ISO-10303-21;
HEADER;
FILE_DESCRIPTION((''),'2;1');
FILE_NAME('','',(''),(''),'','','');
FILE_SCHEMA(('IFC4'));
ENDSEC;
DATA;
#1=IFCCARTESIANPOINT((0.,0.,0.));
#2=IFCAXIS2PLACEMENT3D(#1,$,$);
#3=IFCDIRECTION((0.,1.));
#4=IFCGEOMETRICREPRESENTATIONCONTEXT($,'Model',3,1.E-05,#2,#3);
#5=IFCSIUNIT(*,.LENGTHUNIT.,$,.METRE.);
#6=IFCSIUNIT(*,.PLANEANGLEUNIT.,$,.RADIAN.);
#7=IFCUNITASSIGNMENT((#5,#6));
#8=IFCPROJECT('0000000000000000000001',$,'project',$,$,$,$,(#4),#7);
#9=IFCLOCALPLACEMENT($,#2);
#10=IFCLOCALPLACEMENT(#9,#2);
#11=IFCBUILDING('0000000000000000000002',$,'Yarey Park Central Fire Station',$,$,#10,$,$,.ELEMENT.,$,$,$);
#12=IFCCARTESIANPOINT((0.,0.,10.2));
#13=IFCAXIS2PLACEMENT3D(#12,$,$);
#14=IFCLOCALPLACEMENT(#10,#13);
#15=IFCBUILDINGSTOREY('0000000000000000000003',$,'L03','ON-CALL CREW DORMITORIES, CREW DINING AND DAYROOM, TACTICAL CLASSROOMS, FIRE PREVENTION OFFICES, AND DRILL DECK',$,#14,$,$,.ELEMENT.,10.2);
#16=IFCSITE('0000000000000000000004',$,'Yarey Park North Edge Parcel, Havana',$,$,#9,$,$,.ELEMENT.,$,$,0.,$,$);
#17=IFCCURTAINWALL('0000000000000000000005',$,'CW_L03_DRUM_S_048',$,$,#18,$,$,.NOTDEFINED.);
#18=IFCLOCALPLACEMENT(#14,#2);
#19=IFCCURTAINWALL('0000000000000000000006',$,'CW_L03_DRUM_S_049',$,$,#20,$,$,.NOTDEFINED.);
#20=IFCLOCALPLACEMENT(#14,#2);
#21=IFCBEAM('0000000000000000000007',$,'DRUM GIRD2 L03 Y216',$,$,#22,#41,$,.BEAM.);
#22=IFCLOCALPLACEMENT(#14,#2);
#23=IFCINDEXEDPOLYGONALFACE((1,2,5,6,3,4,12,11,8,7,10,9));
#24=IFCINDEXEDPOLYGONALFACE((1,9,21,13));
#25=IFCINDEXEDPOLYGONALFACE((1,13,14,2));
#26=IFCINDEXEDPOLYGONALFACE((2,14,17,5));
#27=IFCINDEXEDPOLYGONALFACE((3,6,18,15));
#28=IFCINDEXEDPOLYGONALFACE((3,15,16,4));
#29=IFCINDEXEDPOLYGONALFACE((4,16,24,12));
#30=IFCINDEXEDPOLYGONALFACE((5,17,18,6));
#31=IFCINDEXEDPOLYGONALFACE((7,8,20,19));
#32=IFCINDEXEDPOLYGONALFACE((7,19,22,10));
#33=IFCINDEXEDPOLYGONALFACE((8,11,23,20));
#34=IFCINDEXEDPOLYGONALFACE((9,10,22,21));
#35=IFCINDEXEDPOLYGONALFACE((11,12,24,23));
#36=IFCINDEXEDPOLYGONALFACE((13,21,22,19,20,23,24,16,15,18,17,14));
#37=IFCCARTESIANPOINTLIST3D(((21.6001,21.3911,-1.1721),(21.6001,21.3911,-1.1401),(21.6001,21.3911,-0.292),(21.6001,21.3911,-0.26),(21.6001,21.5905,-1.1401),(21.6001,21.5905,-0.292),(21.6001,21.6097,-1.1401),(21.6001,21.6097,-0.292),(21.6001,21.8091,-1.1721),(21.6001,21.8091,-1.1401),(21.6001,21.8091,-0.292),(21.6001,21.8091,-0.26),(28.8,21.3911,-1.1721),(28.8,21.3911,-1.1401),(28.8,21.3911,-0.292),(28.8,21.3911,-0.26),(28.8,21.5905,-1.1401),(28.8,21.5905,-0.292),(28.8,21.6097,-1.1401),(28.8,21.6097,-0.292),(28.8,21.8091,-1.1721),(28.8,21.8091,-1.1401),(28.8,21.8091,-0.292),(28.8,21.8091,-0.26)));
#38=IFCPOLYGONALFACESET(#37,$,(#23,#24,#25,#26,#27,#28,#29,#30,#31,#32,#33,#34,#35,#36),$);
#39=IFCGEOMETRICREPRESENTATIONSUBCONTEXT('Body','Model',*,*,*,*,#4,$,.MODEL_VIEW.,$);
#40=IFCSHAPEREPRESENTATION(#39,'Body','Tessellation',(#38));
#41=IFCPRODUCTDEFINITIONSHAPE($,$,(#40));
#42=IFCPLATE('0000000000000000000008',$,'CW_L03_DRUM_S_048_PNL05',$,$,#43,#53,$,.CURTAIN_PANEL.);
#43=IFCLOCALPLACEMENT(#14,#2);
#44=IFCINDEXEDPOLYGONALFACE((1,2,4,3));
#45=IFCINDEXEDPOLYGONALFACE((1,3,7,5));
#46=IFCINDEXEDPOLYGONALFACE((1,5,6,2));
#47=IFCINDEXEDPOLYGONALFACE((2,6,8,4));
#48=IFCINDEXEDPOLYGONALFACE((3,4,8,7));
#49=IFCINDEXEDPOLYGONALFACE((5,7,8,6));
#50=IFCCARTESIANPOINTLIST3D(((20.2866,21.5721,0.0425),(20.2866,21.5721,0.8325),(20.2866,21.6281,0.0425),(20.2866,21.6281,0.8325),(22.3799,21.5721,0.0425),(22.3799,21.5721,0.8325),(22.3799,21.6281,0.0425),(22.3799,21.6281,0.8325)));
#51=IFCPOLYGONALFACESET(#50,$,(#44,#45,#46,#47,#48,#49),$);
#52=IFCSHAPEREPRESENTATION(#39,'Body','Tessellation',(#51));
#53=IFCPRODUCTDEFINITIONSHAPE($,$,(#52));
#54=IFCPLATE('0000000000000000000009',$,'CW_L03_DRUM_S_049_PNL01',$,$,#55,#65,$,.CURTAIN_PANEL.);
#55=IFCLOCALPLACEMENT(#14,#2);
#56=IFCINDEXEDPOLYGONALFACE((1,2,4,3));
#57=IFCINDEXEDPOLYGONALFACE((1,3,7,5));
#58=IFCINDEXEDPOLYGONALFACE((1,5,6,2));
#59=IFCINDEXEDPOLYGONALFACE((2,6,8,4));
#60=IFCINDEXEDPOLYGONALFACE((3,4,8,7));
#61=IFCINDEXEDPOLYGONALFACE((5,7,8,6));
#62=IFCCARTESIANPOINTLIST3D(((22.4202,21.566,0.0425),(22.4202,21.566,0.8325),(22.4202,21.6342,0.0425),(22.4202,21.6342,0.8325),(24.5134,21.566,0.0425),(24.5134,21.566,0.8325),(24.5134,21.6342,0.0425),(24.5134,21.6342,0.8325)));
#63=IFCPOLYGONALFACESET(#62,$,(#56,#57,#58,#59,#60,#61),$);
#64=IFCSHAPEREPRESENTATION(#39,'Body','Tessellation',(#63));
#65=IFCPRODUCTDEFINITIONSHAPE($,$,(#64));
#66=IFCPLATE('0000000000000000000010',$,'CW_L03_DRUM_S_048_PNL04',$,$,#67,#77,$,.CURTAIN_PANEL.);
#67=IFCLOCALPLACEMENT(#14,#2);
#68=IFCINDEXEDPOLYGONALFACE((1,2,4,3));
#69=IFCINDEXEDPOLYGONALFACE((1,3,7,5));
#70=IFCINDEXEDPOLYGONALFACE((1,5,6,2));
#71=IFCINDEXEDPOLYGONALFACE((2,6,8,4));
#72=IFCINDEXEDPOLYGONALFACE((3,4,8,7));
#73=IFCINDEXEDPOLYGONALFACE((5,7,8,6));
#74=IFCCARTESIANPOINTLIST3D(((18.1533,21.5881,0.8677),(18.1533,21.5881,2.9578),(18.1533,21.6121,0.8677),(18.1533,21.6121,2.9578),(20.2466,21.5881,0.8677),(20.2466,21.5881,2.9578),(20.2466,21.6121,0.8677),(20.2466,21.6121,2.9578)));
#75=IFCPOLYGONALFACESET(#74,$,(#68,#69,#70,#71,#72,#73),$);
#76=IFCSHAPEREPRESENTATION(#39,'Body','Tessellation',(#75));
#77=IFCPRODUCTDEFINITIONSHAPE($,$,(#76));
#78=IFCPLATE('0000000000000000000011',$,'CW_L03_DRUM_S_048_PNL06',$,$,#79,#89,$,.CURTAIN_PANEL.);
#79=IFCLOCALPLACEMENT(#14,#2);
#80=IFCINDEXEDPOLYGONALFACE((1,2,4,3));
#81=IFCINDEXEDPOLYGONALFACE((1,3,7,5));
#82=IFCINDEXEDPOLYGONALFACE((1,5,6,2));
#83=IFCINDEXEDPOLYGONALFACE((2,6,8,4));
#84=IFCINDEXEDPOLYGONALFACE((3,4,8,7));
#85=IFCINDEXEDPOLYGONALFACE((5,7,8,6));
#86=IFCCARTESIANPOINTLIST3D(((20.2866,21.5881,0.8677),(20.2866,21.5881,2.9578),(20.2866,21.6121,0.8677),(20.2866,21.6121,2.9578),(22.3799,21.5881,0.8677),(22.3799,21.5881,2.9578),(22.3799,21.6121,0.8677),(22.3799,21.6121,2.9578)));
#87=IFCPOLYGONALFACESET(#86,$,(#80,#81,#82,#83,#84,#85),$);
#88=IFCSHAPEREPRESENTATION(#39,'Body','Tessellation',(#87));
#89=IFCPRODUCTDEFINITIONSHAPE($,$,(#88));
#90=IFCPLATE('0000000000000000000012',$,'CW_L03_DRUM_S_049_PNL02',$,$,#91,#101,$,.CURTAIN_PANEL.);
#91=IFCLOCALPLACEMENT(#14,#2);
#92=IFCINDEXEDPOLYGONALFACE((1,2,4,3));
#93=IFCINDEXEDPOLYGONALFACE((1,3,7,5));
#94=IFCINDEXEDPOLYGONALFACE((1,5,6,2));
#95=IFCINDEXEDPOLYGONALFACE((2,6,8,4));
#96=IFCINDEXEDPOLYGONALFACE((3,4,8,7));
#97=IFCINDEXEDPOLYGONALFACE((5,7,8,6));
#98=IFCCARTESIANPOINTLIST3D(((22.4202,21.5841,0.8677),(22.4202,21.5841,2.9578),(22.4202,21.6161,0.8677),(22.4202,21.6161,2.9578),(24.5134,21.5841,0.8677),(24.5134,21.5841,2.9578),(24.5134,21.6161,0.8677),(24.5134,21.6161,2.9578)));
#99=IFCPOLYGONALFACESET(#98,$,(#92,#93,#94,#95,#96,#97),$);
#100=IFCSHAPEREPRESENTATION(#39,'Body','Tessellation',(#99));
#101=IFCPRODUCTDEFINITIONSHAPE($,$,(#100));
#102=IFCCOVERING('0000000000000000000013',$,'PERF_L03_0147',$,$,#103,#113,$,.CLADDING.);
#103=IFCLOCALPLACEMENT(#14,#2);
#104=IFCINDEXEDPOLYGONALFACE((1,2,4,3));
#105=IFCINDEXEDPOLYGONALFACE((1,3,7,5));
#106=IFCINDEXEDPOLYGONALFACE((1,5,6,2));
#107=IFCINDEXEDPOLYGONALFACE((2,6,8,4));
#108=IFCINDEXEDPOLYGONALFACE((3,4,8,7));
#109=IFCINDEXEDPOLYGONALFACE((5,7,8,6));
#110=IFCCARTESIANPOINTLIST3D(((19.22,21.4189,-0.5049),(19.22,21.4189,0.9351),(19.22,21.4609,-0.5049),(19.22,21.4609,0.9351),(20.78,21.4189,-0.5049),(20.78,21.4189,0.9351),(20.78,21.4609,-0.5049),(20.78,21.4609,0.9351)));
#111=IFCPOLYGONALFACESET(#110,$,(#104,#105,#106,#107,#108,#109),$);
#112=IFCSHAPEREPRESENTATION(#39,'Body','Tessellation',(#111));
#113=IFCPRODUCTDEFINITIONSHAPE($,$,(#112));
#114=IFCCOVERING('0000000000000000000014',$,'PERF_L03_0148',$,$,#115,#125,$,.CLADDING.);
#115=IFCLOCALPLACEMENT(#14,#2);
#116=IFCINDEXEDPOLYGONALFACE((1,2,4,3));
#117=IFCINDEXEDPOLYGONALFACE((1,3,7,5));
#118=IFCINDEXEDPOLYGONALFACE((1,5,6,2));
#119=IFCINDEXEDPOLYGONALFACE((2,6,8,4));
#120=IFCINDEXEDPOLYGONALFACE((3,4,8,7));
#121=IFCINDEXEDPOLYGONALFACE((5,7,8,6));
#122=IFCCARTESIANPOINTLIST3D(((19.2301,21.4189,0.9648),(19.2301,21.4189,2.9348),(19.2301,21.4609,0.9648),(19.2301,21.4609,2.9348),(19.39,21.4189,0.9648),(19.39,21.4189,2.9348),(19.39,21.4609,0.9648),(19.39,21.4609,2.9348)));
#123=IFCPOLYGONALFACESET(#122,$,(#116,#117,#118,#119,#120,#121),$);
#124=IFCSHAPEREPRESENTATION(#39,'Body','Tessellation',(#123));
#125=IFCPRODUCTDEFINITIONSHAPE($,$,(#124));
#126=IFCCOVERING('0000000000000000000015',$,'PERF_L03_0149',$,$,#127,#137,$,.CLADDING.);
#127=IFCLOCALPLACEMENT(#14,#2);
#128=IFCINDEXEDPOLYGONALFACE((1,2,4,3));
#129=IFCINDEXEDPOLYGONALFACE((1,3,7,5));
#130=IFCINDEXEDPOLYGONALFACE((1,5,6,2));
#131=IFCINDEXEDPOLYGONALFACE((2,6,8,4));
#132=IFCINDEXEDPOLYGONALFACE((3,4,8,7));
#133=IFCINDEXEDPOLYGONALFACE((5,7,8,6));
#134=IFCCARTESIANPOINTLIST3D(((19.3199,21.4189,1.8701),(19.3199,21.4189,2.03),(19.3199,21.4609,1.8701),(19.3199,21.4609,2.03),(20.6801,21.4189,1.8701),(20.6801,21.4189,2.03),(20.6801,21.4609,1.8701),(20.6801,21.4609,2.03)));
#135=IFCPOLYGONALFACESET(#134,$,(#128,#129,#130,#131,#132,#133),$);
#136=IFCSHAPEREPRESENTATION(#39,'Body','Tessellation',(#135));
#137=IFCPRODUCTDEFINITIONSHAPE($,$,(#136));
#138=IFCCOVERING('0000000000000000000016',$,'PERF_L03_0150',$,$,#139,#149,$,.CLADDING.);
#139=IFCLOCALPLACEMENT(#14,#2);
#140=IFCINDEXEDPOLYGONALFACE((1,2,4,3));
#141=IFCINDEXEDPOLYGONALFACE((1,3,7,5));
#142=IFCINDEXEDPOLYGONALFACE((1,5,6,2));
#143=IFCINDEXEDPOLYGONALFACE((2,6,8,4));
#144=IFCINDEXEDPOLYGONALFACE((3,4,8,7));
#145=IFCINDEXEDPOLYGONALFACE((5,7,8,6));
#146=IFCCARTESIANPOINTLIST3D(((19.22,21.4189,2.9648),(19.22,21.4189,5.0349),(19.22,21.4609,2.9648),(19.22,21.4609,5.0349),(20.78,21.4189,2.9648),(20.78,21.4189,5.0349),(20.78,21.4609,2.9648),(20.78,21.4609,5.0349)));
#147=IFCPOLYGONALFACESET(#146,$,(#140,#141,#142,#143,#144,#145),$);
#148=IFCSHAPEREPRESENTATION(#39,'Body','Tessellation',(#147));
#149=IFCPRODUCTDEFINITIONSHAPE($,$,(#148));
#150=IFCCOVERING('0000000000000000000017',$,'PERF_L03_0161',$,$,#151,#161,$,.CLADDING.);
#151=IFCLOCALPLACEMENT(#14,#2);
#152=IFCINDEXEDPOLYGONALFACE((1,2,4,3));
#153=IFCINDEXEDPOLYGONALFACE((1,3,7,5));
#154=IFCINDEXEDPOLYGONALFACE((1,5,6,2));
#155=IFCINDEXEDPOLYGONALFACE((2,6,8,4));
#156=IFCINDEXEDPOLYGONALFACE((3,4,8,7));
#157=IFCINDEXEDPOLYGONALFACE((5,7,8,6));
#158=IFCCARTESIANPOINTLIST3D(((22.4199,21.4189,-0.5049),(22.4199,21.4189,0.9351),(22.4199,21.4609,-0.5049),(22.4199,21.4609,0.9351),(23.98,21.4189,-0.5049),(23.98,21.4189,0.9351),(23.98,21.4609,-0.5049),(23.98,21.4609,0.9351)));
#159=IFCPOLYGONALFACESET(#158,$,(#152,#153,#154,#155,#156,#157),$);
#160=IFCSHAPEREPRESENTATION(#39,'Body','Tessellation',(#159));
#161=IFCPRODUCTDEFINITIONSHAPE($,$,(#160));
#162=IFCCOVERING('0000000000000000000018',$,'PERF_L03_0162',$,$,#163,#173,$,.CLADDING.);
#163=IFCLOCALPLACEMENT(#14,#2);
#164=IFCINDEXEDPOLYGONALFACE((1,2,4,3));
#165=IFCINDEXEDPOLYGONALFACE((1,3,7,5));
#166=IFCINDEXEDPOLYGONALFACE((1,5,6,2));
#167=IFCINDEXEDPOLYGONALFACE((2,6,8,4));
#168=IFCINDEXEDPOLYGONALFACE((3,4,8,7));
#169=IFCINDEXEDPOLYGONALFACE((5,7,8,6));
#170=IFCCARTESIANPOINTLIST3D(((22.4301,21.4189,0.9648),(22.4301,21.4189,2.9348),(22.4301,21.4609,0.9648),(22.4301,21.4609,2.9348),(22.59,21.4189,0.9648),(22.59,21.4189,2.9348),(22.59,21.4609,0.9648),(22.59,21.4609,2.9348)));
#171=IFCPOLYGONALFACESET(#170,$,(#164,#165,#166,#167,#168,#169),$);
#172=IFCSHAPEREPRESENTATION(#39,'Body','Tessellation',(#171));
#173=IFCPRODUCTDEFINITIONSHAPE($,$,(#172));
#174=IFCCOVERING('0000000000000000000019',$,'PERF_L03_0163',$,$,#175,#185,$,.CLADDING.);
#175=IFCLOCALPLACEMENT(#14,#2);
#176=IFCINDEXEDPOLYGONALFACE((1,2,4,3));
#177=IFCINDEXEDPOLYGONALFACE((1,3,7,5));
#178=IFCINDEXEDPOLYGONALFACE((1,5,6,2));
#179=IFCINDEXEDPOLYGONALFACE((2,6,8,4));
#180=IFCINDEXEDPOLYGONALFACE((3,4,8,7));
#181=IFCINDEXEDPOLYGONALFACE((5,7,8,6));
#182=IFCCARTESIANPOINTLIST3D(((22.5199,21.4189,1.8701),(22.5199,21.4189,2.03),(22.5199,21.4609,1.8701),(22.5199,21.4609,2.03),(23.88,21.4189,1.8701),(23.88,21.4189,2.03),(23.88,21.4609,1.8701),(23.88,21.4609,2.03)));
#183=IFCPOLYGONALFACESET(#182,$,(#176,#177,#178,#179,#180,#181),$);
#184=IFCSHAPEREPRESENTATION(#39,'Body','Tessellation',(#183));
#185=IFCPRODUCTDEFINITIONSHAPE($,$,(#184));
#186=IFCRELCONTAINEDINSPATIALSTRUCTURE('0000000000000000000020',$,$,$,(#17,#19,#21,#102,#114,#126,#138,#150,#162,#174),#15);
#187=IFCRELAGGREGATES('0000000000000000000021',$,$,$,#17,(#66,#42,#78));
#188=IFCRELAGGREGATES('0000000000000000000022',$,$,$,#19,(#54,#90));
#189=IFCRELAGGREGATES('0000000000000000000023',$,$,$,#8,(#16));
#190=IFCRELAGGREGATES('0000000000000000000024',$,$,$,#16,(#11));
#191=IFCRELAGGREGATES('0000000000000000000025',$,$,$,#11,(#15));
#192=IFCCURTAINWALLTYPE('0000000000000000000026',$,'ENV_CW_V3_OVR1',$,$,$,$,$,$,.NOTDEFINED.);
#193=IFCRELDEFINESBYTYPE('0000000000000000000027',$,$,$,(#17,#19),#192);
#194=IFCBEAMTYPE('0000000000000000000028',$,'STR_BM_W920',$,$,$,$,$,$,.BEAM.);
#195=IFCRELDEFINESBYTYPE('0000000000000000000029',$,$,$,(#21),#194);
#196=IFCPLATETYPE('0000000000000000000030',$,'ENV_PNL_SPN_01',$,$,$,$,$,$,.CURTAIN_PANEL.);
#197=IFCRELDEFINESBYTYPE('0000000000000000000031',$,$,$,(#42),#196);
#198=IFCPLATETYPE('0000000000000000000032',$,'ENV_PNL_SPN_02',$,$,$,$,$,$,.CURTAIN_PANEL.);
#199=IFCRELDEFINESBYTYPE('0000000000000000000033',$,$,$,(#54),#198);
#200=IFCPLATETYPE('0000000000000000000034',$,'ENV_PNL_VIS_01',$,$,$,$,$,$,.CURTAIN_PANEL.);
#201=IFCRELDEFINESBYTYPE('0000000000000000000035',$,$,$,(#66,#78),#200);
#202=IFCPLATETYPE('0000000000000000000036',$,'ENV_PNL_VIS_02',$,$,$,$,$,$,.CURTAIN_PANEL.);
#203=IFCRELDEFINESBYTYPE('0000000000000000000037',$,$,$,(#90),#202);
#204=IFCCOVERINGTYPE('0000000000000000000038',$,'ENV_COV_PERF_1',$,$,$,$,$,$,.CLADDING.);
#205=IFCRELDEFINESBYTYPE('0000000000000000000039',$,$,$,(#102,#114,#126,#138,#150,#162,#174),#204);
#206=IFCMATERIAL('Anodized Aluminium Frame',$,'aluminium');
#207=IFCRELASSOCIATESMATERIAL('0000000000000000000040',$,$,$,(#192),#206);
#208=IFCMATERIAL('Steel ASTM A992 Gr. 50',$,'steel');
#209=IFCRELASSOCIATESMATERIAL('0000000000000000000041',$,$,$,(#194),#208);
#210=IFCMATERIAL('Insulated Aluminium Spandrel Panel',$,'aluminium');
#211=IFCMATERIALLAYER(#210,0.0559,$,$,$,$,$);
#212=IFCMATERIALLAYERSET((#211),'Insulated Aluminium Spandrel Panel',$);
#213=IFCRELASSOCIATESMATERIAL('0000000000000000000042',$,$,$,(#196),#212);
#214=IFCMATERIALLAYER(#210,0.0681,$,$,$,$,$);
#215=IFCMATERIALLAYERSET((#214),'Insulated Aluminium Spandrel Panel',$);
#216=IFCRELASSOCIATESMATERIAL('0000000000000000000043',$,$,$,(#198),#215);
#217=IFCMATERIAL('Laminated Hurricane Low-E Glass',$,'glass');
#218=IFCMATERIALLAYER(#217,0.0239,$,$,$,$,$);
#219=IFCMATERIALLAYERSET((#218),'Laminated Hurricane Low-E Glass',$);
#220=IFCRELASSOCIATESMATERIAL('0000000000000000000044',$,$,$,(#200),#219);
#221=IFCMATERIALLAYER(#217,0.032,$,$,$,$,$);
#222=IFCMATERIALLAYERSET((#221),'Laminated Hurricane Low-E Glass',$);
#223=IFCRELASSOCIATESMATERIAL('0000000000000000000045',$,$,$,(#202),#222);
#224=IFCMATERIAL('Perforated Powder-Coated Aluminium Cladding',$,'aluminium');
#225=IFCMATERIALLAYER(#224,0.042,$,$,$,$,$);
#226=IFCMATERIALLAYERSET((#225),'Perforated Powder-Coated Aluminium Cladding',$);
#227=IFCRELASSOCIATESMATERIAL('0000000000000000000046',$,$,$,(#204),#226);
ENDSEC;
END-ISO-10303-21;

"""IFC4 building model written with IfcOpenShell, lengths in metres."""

from ifc_helpers import new_model, si_unit, direction, frame, origin, origin_2d, place, context, subcontext, project, spatial, rectangle, i_section, extrude, material, layer, layer_set, material_profile, profile_set, type_object, element, aggregate, save


model = new_model("IFC4")

# Units and contexts
model_context = context("Model", 3, precision=1e-05, world=origin(), true_north=direction((0.0, 1.0)))
body_context = subcontext(model_context, "Body", "Model", "MODEL_VIEW")
ifc_project = project(units=[si_unit("LENGTHUNIT", "METRE"), si_unit("PLANEANGLEUNIT", "RADIAN")], contexts=[model_context])

# Site, building, storey
site_placement = place(None, origin())
site = spatial("IfcSite", under=ifc_project, at=site_placement, Name="Yarey Park North Edge Parcel, Havana", CompositionType="ELEMENT", RefElevation=0.0)
building_placement = place(site_placement, origin())
building = spatial("IfcBuilding", under=site, at=building_placement, Name="Yarey Park Central Fire Station", CompositionType="ELEMENT")
storey_placement = place(building_placement, frame((0.0, 0.0, 10.2)))
storey = spatial("IfcBuildingStorey", under=building, at=storey_placement, Name="L03", Description="ON-CALL CREW DORMITORIES, CREW DINING AND DAYROOM, TACTICAL CLASSROOMS, FIRE PREVENTION OFFICES, AND DRILL DECK", CompositionType="ELEMENT", Elevation=10.2)

# Shared definitions
ifc_material_1 = material(Name="Steel ASTM A992 Gr. 50", Category="steel")

# Curtain walls
ifc_material_2 = material(Name="Anodized Aluminium Frame", Category="aluminium")
curtain_wall_type = type_object("IfcCurtainWallType", Name="ENV_CW_V3_OVR1", PredefinedType="NOTDEFINED", material=ifc_material_2)
curtain_wall_1_placement = place(storey_placement, origin())
curtain_wall_1 = element("IfcCurtainWall", 1, at=curtain_wall_1_placement, inside=storey, type_object=curtain_wall_type, Name="CW_L03_DRUM_S_048", PredefinedType="NOTDEFINED")
curtain_wall_2_placement = place(storey_placement, origin())
curtain_wall_2 = element("IfcCurtainWall", 2, at=curtain_wall_2_placement, inside=storey, type_object=curtain_wall_type, Name="CW_L03_DRUM_S_049", PredefinedType="NOTDEFINED")

# Beam
ifc_material_profile_1 = material_profile(ifc_material_1, i_section(OverallWidth=0.418, OverallDepth=0.9121, WebThickness=0.0193, FlangeThickness=0.032, at=origin_2d()), Name="W920x342")
ifc_profile_set_1 = profile_set([ifc_material_profile_1], Name="Steel ASTM A992 Gr. 50")
beam_type_1 = type_object("IfcBeamType", Name="STR_BM_W920", PredefinedType="BEAM", material=ifc_profile_set_1)
beam_1_placement = place(storey_placement, frame((21.6001, 21.6001, -0.7161), z_axis=(1.0, 0.0, 0.0), x_axis=(0.0, 1.0, 0.0)))
element("IfcBeam", 3, at=beam_1_placement, inside=storey, type_object=beam_type_1, Name="DRUM GIRD2 L03 Y216", PredefinedType="BEAM", context=body_context, shape_type="SweptSolid", body=[
    extrude(i_section(OverallWidth=0.418, OverallDepth=0.9121, WebThickness=0.0193, FlangeThickness=0.032, at=origin_2d()), origin(), (0.0, 0.0, 1.0), 7.2),
])

# Plates
ifc_material_3 = material(Name="Insulated Aluminium Spandrel Panel", Category="aluminium")
ifc_layer_1 = layer(ifc_material_3, 0.0559)
ifc_layer_set_1 = layer_set([ifc_layer_1], Name="Insulated Aluminium Spandrel Panel")
plate_type_1 = type_object("IfcPlateType", Name="ENV_PNL_SPN_01", PredefinedType="CURTAIN_PANEL", material=ifc_layer_set_1)
plate_1_placement = place(storey_placement, frame((21.3333, 21.6001, 0.0425), z_axis=(0.0, 0.0, 1.0), x_axis=(1.0, 0.0, 0.0)))
plate_1 = element("IfcPlate", 4, at=plate_1_placement, type_object=plate_type_1, Name="CW_L03_DRUM_S_048_PNL05", PredefinedType="CURTAIN_PANEL", context=body_context, shape_type="SweptSolid", body=[
    extrude(rectangle(XDim=2.0933, YDim=0.0559, at=origin_2d()), origin(), (0.0, 0.0, 1.0), 0.79),
])
ifc_layer_2 = layer(ifc_material_3, 0.0681)
ifc_layer_set_2 = layer_set([ifc_layer_2], Name="Insulated Aluminium Spandrel Panel")
plate_type_2 = type_object("IfcPlateType", Name="ENV_PNL_SPN_02", PredefinedType="CURTAIN_PANEL", material=ifc_layer_set_2)
plate_2_placement = place(storey_placement, frame((23.4668, 21.6001, 0.0425), z_axis=(0.0, 0.0, 1.0), x_axis=(1.0, 0.0, 0.0)))
plate_2 = element("IfcPlate", 5, at=plate_2_placement, type_object=plate_type_2, Name="CW_L03_DRUM_S_049_PNL01", PredefinedType="CURTAIN_PANEL", context=body_context, shape_type="SweptSolid", body=[
    extrude(rectangle(XDim=2.0933, YDim=0.0681, at=origin_2d()), origin(), (0.0, 0.0, 1.0), 0.79),
])
ifc_material_4 = material(Name="Laminated Hurricane Low-E Glass", Category="glass")
ifc_layer_3 = layer(ifc_material_4, 0.0239)
ifc_layer_set_3 = layer_set([ifc_layer_3], Name="Laminated Hurricane Low-E Glass")
plate_type_3 = type_object("IfcPlateType", Name="ENV_PNL_VIS_01", PredefinedType="CURTAIN_PANEL", material=ifc_layer_set_3)
plate_3_placement = place(storey_placement, frame((19.2, 21.6001, 0.8677), z_axis=(0.0, 0.0, 1.0), x_axis=(1.0, 0.0, 0.0)))
plate_3 = element("IfcPlate", 6, at=plate_3_placement, type_object=plate_type_3, Name="CW_L03_DRUM_S_048_PNL04", PredefinedType="CURTAIN_PANEL", context=body_context, shape_type="SweptSolid", body=[
    extrude(rectangle(XDim=2.0933, YDim=0.0239, at=origin_2d()), origin(), (0.0, 0.0, 1.0), 2.0901),
])
plate_4_placement = place(storey_placement, frame((21.3333, 21.6001, 0.8677), z_axis=(0.0, 0.0, 1.0), x_axis=(1.0, 0.0, 0.0)))
plate_4 = element("IfcPlate", 7, at=plate_4_placement, type_object=plate_type_3, Name="CW_L03_DRUM_S_048_PNL06", PredefinedType="CURTAIN_PANEL", context=body_context, shape_type="SweptSolid", body=[
    extrude(rectangle(XDim=2.0933, YDim=0.0239, at=origin_2d()), origin(), (0.0, 0.0, 1.0), 2.0901),
])
aggregate(curtain_wall_1, [plate_3, plate_1, plate_4])
ifc_layer_4 = layer(ifc_material_4, 0.032)
ifc_layer_set_4 = layer_set([ifc_layer_4], Name="Laminated Hurricane Low-E Glass")
plate_type_4 = type_object("IfcPlateType", Name="ENV_PNL_VIS_02", PredefinedType="CURTAIN_PANEL", material=ifc_layer_set_4)
plate_5_placement = place(storey_placement, frame((23.4668, 21.6001, 0.8677), z_axis=(0.0, 0.0, 1.0), x_axis=(1.0, 0.0, 0.0)))
plate_5 = element("IfcPlate", 8, at=plate_5_placement, type_object=plate_type_4, Name="CW_L03_DRUM_S_049_PNL02", PredefinedType="CURTAIN_PANEL", context=body_context, shape_type="SweptSolid", body=[
    extrude(rectangle(XDim=2.0933, YDim=0.032, at=origin_2d()), origin(), (0.0, 0.0, 1.0), 2.0901),
])
aggregate(curtain_wall_2, [plate_2, plate_5])

# Coverings
ifc_material_5 = material(Name="Perforated Powder-Coated Aluminium Cladding", Category="aluminium")
ifc_layer_5 = layer(ifc_material_5, 0.042)
ifc_layer_set_5 = layer_set([ifc_layer_5], Name="Perforated Powder-Coated Aluminium Cladding")
covering_type_1 = type_object("IfcCoveringType", Name="ENV_COV_PERF_1", PredefinedType="CLADDING", material=ifc_layer_set_5)
covering_1_placement = place(storey_placement, frame((20.0, 21.4399, -0.5049), z_axis=(0.0, 0.0, 1.0), x_axis=(1.0, 0.0, 0.0)))
element("IfcCovering", 9, at=covering_1_placement, inside=storey, type_object=covering_type_1, Name="PERF_L03_0147", PredefinedType="CLADDING", context=body_context, shape_type="SweptSolid", body=[
    extrude(rectangle(XDim=1.5601, YDim=0.042, at=origin_2d()), origin(), (0.0, 0.0, 1.0), 1.4399),
])
covering_2_placement = place(storey_placement, frame((19.3101, 21.4399, 0.9648), z_axis=(0.0, 0.0, 1.0), x_axis=(1.0, 0.0, 0.0)))
element("IfcCovering", 10, at=covering_2_placement, inside=storey, type_object=covering_type_1, Name="PERF_L03_0148", PredefinedType="CLADDING", context=body_context, shape_type="SweptSolid", body=[
    extrude(rectangle(XDim=0.1599, YDim=0.042, at=origin_2d()), origin(), (0.0, 0.0, 1.0), 1.97),
])
covering_3_placement = place(storey_placement, frame((20.0, 21.4399, 1.8701), z_axis=(0.0, 0.0, 1.0), x_axis=(1.0, 0.0, 0.0)))
element("IfcCovering", 11, at=covering_3_placement, inside=storey, type_object=covering_type_1, Name="PERF_L03_0149", PredefinedType="CLADDING", context=body_context, shape_type="SweptSolid", body=[
    extrude(rectangle(XDim=1.3601, YDim=0.042, at=origin_2d()), origin(), (0.0, 0.0, 1.0), 0.1599),
])
covering_4_placement = place(storey_placement, frame((20.0, 21.4399, 2.9648), z_axis=(0.0, 0.0, 1.0), x_axis=(1.0, 0.0, 0.0)))
element("IfcCovering", 12, at=covering_4_placement, inside=storey, type_object=covering_type_1, Name="PERF_L03_0150", PredefinedType="CLADDING", context=body_context, shape_type="SweptSolid", body=[
    extrude(rectangle(XDim=1.5601, YDim=0.042, at=origin_2d()), origin(), (0.0, 0.0, 1.0), 2.0701),
])
covering_5_placement = place(storey_placement, frame((23.2, 21.4399, -0.5049), z_axis=(0.0, 0.0, 1.0), x_axis=(1.0, 0.0, 0.0)))
element("IfcCovering", 13, at=covering_5_placement, inside=storey, type_object=covering_type_1, Name="PERF_L03_0161", PredefinedType="CLADDING", context=body_context, shape_type="SweptSolid", body=[
    extrude(rectangle(XDim=1.5601, YDim=0.042, at=origin_2d()), origin(), (0.0, 0.0, 1.0), 1.4399),
])
covering_6_placement = place(storey_placement, frame((22.51, 21.4399, 0.9648), z_axis=(0.0, 0.0, 1.0), x_axis=(1.0, 0.0, 0.0)))
element("IfcCovering", 14, at=covering_6_placement, inside=storey, type_object=covering_type_1, Name="PERF_L03_0162", PredefinedType="CLADDING", context=body_context, shape_type="SweptSolid", body=[
    extrude(rectangle(XDim=0.1599, YDim=0.042, at=origin_2d()), origin(), (0.0, 0.0, 1.0), 1.97),
])
covering_7_placement = place(storey_placement, frame((23.2, 21.4399, 1.8701), z_axis=(0.0, 0.0, 1.0), x_axis=(1.0, 0.0, 0.0)))
element("IfcCovering", 15, at=covering_7_placement, inside=storey, type_object=covering_type_1, Name="PERF_L03_0163", PredefinedType="CLADDING", context=body_context, shape_type="SweptSolid", body=[
    extrude(rectangle(XDim=1.3601, YDim=0.042, at=origin_2d()), origin(), (0.0, 0.0, 1.0), 0.1599),
])

save(model, "model.ifc")
